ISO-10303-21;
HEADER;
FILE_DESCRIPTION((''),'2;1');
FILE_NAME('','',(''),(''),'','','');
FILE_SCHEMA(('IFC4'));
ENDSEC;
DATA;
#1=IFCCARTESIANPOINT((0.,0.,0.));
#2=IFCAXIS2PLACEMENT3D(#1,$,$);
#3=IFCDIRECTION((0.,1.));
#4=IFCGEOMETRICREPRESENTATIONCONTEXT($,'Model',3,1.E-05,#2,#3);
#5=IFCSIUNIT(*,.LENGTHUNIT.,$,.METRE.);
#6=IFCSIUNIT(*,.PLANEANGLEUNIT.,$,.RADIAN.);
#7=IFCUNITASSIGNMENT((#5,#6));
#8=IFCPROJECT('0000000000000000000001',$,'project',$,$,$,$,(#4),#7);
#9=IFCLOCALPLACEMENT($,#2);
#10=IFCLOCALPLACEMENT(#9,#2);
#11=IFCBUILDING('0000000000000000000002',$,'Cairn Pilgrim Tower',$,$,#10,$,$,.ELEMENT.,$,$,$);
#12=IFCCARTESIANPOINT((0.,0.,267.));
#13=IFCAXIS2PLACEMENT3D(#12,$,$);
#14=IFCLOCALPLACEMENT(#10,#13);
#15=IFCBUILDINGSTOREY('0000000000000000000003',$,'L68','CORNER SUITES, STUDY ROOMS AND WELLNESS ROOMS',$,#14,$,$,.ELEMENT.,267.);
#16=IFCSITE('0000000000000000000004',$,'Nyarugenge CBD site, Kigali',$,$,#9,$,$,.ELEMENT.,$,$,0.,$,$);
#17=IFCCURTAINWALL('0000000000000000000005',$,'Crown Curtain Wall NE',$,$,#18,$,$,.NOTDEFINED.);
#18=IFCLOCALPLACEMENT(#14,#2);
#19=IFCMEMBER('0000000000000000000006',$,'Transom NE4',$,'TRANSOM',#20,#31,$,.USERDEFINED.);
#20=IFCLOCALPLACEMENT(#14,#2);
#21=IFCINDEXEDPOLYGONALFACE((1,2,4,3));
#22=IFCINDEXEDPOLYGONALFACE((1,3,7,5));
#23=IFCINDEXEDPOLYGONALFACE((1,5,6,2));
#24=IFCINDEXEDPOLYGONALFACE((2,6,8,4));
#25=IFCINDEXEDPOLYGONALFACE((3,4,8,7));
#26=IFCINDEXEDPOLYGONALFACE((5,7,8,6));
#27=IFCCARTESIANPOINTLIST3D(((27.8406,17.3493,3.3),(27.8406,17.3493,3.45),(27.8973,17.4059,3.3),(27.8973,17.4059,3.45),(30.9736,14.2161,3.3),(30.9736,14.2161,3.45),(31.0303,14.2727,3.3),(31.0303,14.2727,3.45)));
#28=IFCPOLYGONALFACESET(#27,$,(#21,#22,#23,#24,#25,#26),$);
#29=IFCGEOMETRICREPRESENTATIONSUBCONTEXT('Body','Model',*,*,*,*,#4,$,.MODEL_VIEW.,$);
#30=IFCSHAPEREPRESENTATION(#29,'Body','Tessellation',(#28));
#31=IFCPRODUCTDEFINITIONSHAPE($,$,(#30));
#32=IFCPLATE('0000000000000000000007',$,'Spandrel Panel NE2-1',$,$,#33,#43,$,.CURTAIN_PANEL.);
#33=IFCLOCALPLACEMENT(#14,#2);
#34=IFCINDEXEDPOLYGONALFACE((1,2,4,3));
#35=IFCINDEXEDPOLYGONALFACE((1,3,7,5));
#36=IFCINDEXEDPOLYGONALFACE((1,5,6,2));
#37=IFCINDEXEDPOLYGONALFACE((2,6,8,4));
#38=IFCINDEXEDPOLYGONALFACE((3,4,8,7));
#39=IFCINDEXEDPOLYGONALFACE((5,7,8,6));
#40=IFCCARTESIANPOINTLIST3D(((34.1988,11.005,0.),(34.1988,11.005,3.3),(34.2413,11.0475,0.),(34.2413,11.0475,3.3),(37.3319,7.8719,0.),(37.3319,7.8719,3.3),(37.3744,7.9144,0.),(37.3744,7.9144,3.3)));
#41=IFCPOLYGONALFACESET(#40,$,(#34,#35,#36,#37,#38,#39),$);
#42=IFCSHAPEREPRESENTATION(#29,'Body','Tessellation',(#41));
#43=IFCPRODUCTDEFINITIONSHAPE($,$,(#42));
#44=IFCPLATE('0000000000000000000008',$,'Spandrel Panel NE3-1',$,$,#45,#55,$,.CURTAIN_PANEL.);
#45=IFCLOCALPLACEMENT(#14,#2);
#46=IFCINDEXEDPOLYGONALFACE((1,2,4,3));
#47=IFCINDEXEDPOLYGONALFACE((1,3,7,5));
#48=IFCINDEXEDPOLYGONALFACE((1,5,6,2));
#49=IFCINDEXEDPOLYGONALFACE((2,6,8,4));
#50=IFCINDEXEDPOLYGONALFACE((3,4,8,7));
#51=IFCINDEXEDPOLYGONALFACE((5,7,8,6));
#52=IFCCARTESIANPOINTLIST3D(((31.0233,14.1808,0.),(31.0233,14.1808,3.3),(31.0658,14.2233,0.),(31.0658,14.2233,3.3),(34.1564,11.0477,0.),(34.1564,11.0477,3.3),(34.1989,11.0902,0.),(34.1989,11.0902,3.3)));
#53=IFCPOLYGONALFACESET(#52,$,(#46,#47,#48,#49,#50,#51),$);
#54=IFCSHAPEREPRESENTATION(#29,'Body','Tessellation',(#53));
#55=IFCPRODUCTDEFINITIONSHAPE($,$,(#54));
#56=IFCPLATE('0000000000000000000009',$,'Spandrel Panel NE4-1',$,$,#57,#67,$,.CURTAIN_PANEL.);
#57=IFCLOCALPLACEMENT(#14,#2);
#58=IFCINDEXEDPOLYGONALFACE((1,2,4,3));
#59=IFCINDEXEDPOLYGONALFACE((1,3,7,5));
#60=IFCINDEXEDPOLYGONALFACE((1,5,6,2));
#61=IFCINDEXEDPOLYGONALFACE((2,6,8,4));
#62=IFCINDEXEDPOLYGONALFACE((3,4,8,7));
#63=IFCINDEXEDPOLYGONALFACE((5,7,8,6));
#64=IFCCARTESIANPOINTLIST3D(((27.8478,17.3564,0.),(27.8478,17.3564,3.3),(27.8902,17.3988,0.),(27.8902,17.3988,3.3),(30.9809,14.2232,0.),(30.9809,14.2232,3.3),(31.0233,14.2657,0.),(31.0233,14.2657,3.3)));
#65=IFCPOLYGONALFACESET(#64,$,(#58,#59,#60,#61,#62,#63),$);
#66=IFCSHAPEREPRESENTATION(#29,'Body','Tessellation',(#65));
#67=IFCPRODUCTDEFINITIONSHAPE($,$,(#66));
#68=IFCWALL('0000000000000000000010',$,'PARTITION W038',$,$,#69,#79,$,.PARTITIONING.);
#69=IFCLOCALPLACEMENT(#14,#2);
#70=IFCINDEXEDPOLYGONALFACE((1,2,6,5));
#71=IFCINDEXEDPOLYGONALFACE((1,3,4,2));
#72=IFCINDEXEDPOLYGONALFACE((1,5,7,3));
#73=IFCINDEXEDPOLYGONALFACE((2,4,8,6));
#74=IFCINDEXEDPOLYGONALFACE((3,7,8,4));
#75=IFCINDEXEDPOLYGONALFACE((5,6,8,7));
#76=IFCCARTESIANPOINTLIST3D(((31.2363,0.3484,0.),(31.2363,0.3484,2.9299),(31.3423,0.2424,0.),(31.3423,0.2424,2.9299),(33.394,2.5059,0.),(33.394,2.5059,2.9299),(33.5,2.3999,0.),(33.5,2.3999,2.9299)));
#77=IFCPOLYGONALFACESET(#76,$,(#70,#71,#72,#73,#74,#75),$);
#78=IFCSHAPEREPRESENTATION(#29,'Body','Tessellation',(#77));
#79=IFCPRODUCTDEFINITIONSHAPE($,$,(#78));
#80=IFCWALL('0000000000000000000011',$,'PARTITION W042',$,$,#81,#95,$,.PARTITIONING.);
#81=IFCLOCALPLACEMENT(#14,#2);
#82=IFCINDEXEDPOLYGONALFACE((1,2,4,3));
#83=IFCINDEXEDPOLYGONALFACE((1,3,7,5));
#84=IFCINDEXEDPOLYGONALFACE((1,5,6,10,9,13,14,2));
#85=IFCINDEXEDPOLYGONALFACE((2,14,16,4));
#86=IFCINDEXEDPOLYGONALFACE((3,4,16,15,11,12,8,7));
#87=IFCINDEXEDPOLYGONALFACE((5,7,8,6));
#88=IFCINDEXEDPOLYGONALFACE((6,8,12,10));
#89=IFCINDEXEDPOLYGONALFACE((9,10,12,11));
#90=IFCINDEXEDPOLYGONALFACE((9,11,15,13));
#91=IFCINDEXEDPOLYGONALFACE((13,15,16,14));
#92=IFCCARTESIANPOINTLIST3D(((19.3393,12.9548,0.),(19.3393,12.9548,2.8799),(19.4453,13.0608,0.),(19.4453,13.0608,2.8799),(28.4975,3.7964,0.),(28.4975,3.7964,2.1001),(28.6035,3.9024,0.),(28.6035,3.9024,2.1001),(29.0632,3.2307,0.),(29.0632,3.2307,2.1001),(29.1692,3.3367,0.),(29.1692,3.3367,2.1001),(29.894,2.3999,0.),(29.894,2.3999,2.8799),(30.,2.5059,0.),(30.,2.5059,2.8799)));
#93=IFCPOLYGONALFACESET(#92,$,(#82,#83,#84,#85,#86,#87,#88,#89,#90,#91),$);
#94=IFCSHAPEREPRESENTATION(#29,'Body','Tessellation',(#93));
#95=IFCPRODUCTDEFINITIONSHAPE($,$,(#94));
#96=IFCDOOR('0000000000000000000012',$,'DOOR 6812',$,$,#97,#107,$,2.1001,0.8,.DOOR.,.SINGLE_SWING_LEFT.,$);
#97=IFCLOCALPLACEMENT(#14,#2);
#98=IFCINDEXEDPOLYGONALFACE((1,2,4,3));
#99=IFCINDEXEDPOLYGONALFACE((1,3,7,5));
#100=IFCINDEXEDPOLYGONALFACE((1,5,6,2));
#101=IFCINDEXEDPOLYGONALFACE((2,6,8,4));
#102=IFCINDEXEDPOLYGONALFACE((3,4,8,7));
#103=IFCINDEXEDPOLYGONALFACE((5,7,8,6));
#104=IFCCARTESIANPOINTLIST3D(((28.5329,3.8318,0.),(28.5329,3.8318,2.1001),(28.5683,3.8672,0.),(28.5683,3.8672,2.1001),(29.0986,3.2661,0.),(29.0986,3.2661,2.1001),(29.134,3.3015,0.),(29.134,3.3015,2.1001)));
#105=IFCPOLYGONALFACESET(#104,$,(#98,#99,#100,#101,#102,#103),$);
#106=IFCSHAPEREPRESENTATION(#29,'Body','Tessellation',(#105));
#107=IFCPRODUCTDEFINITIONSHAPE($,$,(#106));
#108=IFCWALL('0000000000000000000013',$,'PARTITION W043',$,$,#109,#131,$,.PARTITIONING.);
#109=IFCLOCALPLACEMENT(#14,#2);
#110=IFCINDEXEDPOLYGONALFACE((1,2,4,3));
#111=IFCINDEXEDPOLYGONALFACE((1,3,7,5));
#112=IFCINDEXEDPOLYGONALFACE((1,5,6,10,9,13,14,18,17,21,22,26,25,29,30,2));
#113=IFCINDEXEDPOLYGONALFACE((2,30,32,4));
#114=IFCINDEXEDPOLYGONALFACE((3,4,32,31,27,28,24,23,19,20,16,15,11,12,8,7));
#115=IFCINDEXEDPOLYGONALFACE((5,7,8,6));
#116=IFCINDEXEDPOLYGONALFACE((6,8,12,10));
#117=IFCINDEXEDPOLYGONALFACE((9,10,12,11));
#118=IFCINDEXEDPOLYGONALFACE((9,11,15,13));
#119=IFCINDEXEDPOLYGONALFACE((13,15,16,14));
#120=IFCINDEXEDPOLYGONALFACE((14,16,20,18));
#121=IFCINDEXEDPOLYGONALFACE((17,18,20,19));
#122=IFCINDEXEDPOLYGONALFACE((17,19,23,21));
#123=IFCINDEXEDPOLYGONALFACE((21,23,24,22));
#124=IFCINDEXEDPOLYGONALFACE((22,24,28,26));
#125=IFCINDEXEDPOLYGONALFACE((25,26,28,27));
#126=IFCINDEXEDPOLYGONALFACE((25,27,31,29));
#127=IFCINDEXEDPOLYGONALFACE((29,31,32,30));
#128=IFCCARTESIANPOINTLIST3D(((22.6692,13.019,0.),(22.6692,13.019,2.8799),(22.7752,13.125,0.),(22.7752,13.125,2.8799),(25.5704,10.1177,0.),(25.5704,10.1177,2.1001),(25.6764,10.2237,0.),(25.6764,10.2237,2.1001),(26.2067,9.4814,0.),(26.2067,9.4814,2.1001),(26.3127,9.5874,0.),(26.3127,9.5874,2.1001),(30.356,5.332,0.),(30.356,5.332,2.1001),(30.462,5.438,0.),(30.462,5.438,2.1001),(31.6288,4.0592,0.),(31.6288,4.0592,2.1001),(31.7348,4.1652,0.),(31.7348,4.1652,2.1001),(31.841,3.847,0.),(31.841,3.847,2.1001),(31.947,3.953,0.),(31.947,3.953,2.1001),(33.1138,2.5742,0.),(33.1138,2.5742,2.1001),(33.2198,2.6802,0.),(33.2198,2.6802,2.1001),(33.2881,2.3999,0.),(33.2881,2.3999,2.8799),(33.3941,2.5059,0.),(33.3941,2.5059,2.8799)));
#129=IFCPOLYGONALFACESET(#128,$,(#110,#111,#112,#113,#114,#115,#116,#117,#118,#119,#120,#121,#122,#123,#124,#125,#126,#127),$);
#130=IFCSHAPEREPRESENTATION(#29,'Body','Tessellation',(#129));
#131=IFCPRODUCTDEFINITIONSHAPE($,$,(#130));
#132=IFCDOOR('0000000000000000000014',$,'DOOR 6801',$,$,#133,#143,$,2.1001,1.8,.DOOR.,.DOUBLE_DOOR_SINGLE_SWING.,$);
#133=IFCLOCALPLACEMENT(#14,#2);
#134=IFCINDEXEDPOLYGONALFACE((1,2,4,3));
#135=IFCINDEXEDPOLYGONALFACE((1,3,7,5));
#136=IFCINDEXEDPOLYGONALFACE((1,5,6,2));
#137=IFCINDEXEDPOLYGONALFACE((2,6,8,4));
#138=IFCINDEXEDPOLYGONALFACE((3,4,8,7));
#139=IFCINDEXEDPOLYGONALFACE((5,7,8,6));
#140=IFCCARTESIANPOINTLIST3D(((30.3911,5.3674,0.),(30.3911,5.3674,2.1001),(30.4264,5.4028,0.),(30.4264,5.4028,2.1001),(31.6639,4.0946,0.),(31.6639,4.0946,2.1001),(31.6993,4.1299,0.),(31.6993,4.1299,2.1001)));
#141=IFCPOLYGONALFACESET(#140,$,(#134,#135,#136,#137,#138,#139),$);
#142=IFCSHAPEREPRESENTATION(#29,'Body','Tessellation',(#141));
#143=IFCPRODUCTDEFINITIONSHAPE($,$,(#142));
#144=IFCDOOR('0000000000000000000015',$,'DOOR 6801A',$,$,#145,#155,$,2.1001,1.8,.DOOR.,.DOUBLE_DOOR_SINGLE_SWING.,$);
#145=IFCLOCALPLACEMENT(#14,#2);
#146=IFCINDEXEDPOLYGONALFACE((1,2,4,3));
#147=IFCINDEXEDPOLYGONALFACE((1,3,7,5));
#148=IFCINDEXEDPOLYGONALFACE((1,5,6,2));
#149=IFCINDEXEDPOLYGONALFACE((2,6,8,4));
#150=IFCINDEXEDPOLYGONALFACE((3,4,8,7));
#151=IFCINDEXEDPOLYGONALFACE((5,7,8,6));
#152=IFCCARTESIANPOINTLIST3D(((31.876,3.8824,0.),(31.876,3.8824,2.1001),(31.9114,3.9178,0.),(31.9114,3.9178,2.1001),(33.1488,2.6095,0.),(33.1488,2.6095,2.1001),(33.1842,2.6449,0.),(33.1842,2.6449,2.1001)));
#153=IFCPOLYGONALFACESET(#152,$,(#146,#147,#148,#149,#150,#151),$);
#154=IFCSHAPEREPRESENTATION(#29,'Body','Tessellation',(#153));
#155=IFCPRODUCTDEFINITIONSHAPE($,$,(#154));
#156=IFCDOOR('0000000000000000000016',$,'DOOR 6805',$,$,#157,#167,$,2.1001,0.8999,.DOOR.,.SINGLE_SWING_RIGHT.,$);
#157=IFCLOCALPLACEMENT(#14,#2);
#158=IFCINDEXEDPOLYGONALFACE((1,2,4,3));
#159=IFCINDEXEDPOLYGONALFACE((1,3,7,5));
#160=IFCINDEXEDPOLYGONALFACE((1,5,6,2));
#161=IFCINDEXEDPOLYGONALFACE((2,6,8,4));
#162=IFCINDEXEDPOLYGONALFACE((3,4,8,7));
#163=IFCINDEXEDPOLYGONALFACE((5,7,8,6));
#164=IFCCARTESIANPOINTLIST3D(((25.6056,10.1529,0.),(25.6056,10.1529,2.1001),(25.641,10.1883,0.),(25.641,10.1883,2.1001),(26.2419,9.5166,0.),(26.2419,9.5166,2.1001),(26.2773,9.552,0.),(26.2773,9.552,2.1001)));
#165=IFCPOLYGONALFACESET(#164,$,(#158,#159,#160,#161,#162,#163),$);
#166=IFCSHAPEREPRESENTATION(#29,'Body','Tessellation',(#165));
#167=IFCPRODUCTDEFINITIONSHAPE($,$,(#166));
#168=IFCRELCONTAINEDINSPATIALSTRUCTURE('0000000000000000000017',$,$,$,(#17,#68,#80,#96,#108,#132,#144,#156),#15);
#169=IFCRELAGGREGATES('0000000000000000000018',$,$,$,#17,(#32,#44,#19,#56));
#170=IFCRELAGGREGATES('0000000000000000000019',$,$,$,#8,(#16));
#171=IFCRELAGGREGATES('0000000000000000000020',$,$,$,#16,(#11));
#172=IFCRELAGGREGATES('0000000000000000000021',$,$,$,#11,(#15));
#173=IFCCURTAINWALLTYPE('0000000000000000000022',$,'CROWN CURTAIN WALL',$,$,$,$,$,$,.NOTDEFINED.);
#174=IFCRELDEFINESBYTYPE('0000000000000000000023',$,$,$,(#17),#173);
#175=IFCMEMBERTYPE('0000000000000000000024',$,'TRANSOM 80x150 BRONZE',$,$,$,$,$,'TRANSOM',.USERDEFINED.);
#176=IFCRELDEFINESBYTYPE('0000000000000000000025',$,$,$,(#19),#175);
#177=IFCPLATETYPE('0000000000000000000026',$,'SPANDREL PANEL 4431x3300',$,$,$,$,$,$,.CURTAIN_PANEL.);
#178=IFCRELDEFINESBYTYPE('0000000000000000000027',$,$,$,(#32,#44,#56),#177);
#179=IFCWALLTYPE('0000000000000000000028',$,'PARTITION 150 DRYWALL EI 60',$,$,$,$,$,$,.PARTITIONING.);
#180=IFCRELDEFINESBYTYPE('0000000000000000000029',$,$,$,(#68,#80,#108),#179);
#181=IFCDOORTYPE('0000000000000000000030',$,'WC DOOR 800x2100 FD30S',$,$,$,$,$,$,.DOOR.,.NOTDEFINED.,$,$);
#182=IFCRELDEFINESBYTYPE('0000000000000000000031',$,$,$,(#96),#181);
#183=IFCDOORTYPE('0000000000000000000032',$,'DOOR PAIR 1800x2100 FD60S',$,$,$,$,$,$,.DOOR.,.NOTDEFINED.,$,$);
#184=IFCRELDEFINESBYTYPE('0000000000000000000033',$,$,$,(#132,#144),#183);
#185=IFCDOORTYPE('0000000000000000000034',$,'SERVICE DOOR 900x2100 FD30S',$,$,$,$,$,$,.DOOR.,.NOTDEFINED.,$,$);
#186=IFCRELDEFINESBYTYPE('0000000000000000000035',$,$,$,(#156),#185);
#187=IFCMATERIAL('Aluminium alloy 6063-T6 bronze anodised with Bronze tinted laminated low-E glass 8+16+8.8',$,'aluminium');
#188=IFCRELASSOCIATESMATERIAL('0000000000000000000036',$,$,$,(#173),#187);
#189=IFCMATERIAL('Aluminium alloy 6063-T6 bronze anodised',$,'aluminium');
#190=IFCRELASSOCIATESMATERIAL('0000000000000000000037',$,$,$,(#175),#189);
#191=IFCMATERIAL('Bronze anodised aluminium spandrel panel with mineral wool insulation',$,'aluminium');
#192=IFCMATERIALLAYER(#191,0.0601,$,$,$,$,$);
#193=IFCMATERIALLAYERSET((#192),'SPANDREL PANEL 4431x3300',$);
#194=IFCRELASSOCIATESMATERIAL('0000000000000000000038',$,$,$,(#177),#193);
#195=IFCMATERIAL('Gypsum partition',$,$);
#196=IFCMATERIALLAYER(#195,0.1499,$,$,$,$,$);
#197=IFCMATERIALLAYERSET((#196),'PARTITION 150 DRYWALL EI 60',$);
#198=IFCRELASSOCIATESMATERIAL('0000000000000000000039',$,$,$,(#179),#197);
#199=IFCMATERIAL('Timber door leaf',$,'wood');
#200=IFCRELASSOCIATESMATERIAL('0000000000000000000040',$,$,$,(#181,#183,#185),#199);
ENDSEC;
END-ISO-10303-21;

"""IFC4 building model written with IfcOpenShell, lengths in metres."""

from ifc_helpers import new_model, si_unit, direction, frame, frame_2d, origin, origin_2d, place, context, subcontext, project, spatial, rectangle, extrude, material, layer, layer_set, material_profile, profile_set, type_object, element, fill, aggregate, save


model = new_model("IFC4")

# Units and contexts
model_context = context("Model", 3, precision=1e-05, world=origin(), true_north=direction((0.0, 1.0)))
body_context = subcontext(model_context, "Body", "Model", "MODEL_VIEW")
ifc_project = project(units=[si_unit("LENGTHUNIT", "METRE"), si_unit("PLANEANGLEUNIT", "RADIAN")], contexts=[model_context])

# Site, building, storey
site_placement = place(None, origin())
site = spatial("IfcSite", under=ifc_project, at=site_placement, Name="Nyarugenge CBD site, Kigali", CompositionType="ELEMENT", RefElevation=0.0)
building_placement = place(site_placement, origin())
building = spatial("IfcBuilding", under=site, at=building_placement, Name="Cairn Pilgrim Tower", CompositionType="ELEMENT")
storey_placement = place(building_placement, frame((0.0, 0.0, 267.0)))
storey = spatial("IfcBuildingStorey", under=building, at=storey_placement, Name="L68", Description="CORNER SUITES, STUDY ROOMS AND WELLNESS ROOMS", CompositionType="ELEMENT", Elevation=267.0)

# Curtain wall
ifc_material_1 = material(Name="Aluminium alloy 6063-T6 bronze anodised with Bronze tinted laminated low-E glass 8+16+8.8", Category="aluminium")
curtain_wall_type = type_object("IfcCurtainWallType", Name="CROWN CURTAIN WALL", PredefinedType="NOTDEFINED", material=ifc_material_1)
curtain_wall_placement = place(storey_placement, origin())
curtain_wall = element("IfcCurtainWall", 1, at=curtain_wall_placement, inside=storey, type_object=curtain_wall_type, Name="Crown Curtain Wall NE", PredefinedType="NOTDEFINED")
ifc_material_2 = material(Name="Aluminium alloy 6063-T6 bronze anodised", Category="aluminium")

# Member
ifc_material_profile_1 = material_profile(ifc_material_2, rectangle(XDim=0.0801, YDim=0.1499, at=origin_2d()), Name="TRANSOM 80x150 BRONZE")
ifc_profile_set_1 = profile_set([ifc_material_profile_1], Name="Aluminium alloy 6063-T6 bronze anodised")
member_type_1 = type_object("IfcMemberType", Name="TRANSOM 80x150 BRONZE", ElementType="TRANSOM", PredefinedType="USERDEFINED", material=ifc_profile_set_1)
member_1_placement = place(storey_placement, frame((31.002, 14.2444, 3.375), z_axis=(-0.707079, 0.707134, 0.0), x_axis=(-0.707134, -0.707079, 0.0)))
member_1 = element("IfcMember", 2, at=member_1_placement, type_object=member_type_1, Name="Transom NE4", ObjectType="TRANSOM", PredefinedType="USERDEFINED", context=body_context, shape_type="SweptSolid", body=[
    extrude(rectangle(XDim=0.0801, YDim=0.1499, at=origin_2d()), origin(), (0.0, 0.0, 1.0), 4.4309),
])

# Plates
ifc_material_3 = material(Name="Bronze anodised aluminium spandrel panel with mineral wool insulation", Category="aluminium")
ifc_layer_1 = layer(ifc_material_3, 0.0601)
ifc_layer_set_1 = layer_set([ifc_layer_1], Name="SPANDREL PANEL 4431x3300")
plate_type = type_object("IfcPlateType", Name="SPANDREL PANEL 4431x3300", PredefinedType="CURTAIN_PANEL", material=ifc_layer_set_1)
plate_1_placement = place(storey_placement, frame((35.7866, 9.4597, 0.0), z_axis=(0.0, 0.0, 1.0), x_axis=(-0.707107, 0.707107, 0.0)))
plate_1 = element("IfcPlate", 3, at=plate_1_placement, type_object=plate_type, Name="Spandrel Panel NE2-1", PredefinedType="CURTAIN_PANEL", context=body_context, shape_type="SweptSolid", body=[
    extrude(rectangle(XDim=4.4309, YDim=0.0601, at=origin_2d()), origin(), (0.0, 0.0, 1.0), 3.3),
])
plate_2_placement = place(storey_placement, frame((32.6111, 12.6355, 0.0), z_axis=(0.0, 0.0, 1.0), x_axis=(-0.707107, 0.707107, 0.0)))
plate_2 = element("IfcPlate", 4, at=plate_2_placement, type_object=plate_type, Name="Spandrel Panel NE3-1", PredefinedType="CURTAIN_PANEL", context=body_context, shape_type="SweptSolid", body=[
    extrude(rectangle(XDim=4.4309, YDim=0.0601, at=origin_2d()), origin(), (0.0, 0.0, 1.0), 3.3),
])
plate_3_placement = place(storey_placement, frame((29.4355, 15.811, 0.0), z_axis=(0.0, 0.0, 1.0), x_axis=(-0.707107, 0.707107, 0.0)))
plate_3 = element("IfcPlate", 5, at=plate_3_placement, type_object=plate_type, Name="Spandrel Panel NE4-1", PredefinedType="CURTAIN_PANEL", context=body_context, shape_type="SweptSolid", body=[
    extrude(rectangle(XDim=4.4309, YDim=0.0601, at=origin_2d()), origin(), (0.0, 0.0, 1.0), 3.3),
])
aggregate(curtain_wall, [plate_1, plate_2, member_1, plate_3])

# Wall
ifc_material_4 = material(Name="Gypsum partition")
ifc_layer_2 = layer(ifc_material_4, 0.1499)
ifc_layer_set_2 = layer_set([ifc_layer_2], Name="PARTITION 150 DRYWALL EI 60")
wall_type_1 = type_object("IfcWallType", Name="PARTITION 150 DRYWALL EI 60", PredefinedType="PARTITIONING", material=ifc_layer_set_2)
wall_1_placement = place(storey_placement, frame((31.2893, 0.2954, 0.0), z_axis=(0.0, 0.0, 1.0), x_axis=(0.707147, 0.707067, 0.0)))
element("IfcWall", 6, at=wall_1_placement, inside=storey, type_object=wall_type_1, Name="PARTITION W038", PredefinedType="PARTITIONING", context=body_context, shape_type="SweptSolid", body=[
    extrude(rectangle(XDim=3.0513, YDim=0.1499, at=frame_2d((1.5256, 0.0))), origin(), (0.0, 0.0, 1.0), 2.9299),
])

# Wall, opening, door
wall_2_placement = place(storey_placement, frame((29.947, 2.4529, 0.0), z_axis=(0.0, 0.0, 1.0), x_axis=(-0.707099, 0.707115, 0.0)))
wall_2 = element("IfcWall", 7, at=wall_2_placement, inside=storey, type_object=wall_type_1, Name="PARTITION W042", PredefinedType="PARTITIONING", context=body_context, shape_type="SweptSolid", body=[
    extrude(rectangle(XDim=14.9268, YDim=0.1499, at=frame_2d((7.4634, 0.0))), origin(), (0.0, 0.0, 1.0), 2.8799),
])
opening_1_placement = place(wall_2_placement, frame((1.175, 0.0, 0.0)))
opening_1 = element("IfcOpeningElement", 8, at=opening_1_placement, cuts=wall_2, PredefinedType="OPENING", context=body_context, shape_type="SweptSolid", body=[
    extrude(rectangle(XDim=0.8, YDim=2.1001, at=frame_2d((0.3999, 1.05))), frame((0.0, 0.085, 0.0), z_axis=(0.0, -1.0, 0.0), x_axis=(1.0, 0.0, 0.0)), (0.0, 0.0, 1.0), 0.1699),
])
ifc_material_5 = material(Name="Timber door leaf", Category="wood")
door_type_1 = type_object("IfcDoorType", Name="WC DOOR 800x2100 FD30S", OperationType="NOTDEFINED", PredefinedType="DOOR", material=ifc_material_5)
door_1_placement = place(opening_1_placement, origin())
door_1 = element("IfcDoor", 9, at=door_1_placement, inside=storey, type_object=door_type_1, Name="DOOR 6812", OperationType="SINGLE_SWING_LEFT", OverallHeight=2.1001, OverallWidth=0.8, PredefinedType="DOOR", context=body_context, shape_type="SweptSolid", body=[
    extrude(rectangle(XDim=0.8, YDim=2.1001, at=frame_2d((0.3999, 1.05))), frame((0.0, 0.0249, 0.0), z_axis=(0.0, -1.0, 0.0), x_axis=(1.0, 0.0, 0.0)), (0.0, 0.0, 1.0), 0.05),
])
fill(opening_1, door_1)

# Wall, openings, doors
wall_3_placement = place(storey_placement, frame((33.3411, 2.4529, 0.0), z_axis=(0.0, 0.0, 1.0), x_axis=(-0.707099, 0.707115, 0.0)))
wall_3 = element("IfcWall", 10, at=wall_3_placement, inside=storey, type_object=wall_type_1, Name="PARTITION W043", PredefinedType="PARTITIONING", context=body_context, shape_type="SweptSolid", body=[
    extrude(rectangle(XDim=15.0176, YDim=0.1499, at=frame_2d((7.5088, 0.0))), origin(), (0.0, 0.0, 1.0), 2.8799),
])
opening_2_placement = place(wall_3_placement, frame((2.3467, 0.0, 0.0)))
opening_2 = element("IfcOpeningElement", 11, at=opening_2_placement, cuts=wall_3, PredefinedType="OPENING", context=body_context, shape_type="SweptSolid", body=[
    extrude(rectangle(XDim=1.8, YDim=2.1001, at=frame_2d((0.8999, 1.05))), frame((0.0, 0.085, 0.0), z_axis=(0.0, -1.0, 0.0), x_axis=(1.0, 0.0, 0.0)), (0.0, 0.0, 1.0), 0.1699),
])
opening_3_placement = place(wall_3_placement, frame((0.2466, 0.0, 0.0)))
opening_3 = element("IfcOpeningElement", 12, at=opening_3_placement, cuts=wall_3, PredefinedType="OPENING", context=body_context, shape_type="SweptSolid", body=[
    extrude(rectangle(XDim=1.8, YDim=2.1001, at=frame_2d((0.8999, 1.05))), frame((0.0, 0.085, 0.0), z_axis=(0.0, -1.0, 0.0), x_axis=(1.0, 0.0, 0.0)), (0.0, 0.0, 1.0), 0.1699),
])
opening_4_placement = place(wall_3_placement, frame((10.0146, 0.0, 0.0)))
opening_4 = element("IfcOpeningElement", 13, at=opening_4_placement, cuts=wall_3, PredefinedType="OPENING", context=body_context, shape_type="SweptSolid", body=[
    extrude(rectangle(XDim=0.8999, YDim=2.1001, at=frame_2d((0.45, 1.05))), frame((0.0, 0.085, 0.0), z_axis=(0.0, -1.0, 0.0), x_axis=(1.0, 0.0, 0.0)), (0.0, 0.0, 1.0), 0.1699),
])
door_type_2 = type_object("IfcDoorType", Name="DOOR PAIR 1800x2100 FD60S", OperationType="NOTDEFINED", PredefinedType="DOOR", material=ifc_material_5)
door_2_placement = place(opening_2_placement, frame((1.8, 0.0, 0.0), z_axis=(0.0, 0.0, 1.0), x_axis=(-1.0, 0.0, 0.0)))
door_2 = element("IfcDoor", 14, at=door_2_placement, inside=storey, type_object=door_type_2, Name="DOOR 6801", OperationType="DOUBLE_DOOR_SINGLE_SWING", OverallHeight=2.1001, OverallWidth=1.8, PredefinedType="DOOR", context=body_context, shape_type="SweptSolid", body=[
    extrude(rectangle(XDim=1.8, YDim=2.1001, at=frame_2d((0.8999, 1.05))), frame((0.0, 0.0249, 0.0), z_axis=(0.0, -1.0, 0.0), x_axis=(1.0, 0.0, 0.0)), (0.0, 0.0, 1.0), 0.05),
])
fill(opening_2, door_2)
door_3_placement = place(opening_3_placement, frame((1.8, 0.0, 0.0), z_axis=(0.0, 0.0, 1.0), x_axis=(-1.0, 0.0, 0.0)))
door_3 = element("IfcDoor", 15, at=door_3_placement, inside=storey, type_object=door_type_2, Name="DOOR 6801A", OperationType="DOUBLE_DOOR_SINGLE_SWING", OverallHeight=2.1001, OverallWidth=1.8, PredefinedType="DOOR", context=body_context, shape_type="SweptSolid", body=[
    extrude(rectangle(XDim=1.8, YDim=2.1001, at=frame_2d((0.8999, 1.05))), frame((0.0, 0.0249, 0.0), z_axis=(0.0, -1.0, 0.0), x_axis=(1.0, 0.0, 0.0)), (0.0, 0.0, 1.0), 0.05),
])
fill(opening_3, door_3)
door_type_3 = type_object("IfcDoorType", Name="SERVICE DOOR 900x2100 FD30S", OperationType="NOTDEFINED", PredefinedType="DOOR", material=ifc_material_5)
door_4_placement = place(opening_4_placement, frame((0.8999, 0.0, 0.0), z_axis=(0.0, 0.0, 1.0), x_axis=(-1.0, 0.0, 0.0)))
door_4 = element("IfcDoor", 16, at=door_4_placement, inside=storey, type_object=door_type_3, Name="DOOR 6805", OperationType="SINGLE_SWING_RIGHT", OverallHeight=2.1001, OverallWidth=0.8999, PredefinedType="DOOR", context=body_context, shape_type="SweptSolid", body=[
    extrude(rectangle(XDim=0.8999, YDim=2.1001, at=frame_2d((0.45, 1.05))), frame((0.0, 0.0249, 0.0), z_axis=(0.0, -1.0, 0.0), x_axis=(1.0, 0.0, 0.0)), (0.0, 0.0, 1.0), 0.05),
])
fill(opening_4, door_4)

save(model, "model.ifc")
